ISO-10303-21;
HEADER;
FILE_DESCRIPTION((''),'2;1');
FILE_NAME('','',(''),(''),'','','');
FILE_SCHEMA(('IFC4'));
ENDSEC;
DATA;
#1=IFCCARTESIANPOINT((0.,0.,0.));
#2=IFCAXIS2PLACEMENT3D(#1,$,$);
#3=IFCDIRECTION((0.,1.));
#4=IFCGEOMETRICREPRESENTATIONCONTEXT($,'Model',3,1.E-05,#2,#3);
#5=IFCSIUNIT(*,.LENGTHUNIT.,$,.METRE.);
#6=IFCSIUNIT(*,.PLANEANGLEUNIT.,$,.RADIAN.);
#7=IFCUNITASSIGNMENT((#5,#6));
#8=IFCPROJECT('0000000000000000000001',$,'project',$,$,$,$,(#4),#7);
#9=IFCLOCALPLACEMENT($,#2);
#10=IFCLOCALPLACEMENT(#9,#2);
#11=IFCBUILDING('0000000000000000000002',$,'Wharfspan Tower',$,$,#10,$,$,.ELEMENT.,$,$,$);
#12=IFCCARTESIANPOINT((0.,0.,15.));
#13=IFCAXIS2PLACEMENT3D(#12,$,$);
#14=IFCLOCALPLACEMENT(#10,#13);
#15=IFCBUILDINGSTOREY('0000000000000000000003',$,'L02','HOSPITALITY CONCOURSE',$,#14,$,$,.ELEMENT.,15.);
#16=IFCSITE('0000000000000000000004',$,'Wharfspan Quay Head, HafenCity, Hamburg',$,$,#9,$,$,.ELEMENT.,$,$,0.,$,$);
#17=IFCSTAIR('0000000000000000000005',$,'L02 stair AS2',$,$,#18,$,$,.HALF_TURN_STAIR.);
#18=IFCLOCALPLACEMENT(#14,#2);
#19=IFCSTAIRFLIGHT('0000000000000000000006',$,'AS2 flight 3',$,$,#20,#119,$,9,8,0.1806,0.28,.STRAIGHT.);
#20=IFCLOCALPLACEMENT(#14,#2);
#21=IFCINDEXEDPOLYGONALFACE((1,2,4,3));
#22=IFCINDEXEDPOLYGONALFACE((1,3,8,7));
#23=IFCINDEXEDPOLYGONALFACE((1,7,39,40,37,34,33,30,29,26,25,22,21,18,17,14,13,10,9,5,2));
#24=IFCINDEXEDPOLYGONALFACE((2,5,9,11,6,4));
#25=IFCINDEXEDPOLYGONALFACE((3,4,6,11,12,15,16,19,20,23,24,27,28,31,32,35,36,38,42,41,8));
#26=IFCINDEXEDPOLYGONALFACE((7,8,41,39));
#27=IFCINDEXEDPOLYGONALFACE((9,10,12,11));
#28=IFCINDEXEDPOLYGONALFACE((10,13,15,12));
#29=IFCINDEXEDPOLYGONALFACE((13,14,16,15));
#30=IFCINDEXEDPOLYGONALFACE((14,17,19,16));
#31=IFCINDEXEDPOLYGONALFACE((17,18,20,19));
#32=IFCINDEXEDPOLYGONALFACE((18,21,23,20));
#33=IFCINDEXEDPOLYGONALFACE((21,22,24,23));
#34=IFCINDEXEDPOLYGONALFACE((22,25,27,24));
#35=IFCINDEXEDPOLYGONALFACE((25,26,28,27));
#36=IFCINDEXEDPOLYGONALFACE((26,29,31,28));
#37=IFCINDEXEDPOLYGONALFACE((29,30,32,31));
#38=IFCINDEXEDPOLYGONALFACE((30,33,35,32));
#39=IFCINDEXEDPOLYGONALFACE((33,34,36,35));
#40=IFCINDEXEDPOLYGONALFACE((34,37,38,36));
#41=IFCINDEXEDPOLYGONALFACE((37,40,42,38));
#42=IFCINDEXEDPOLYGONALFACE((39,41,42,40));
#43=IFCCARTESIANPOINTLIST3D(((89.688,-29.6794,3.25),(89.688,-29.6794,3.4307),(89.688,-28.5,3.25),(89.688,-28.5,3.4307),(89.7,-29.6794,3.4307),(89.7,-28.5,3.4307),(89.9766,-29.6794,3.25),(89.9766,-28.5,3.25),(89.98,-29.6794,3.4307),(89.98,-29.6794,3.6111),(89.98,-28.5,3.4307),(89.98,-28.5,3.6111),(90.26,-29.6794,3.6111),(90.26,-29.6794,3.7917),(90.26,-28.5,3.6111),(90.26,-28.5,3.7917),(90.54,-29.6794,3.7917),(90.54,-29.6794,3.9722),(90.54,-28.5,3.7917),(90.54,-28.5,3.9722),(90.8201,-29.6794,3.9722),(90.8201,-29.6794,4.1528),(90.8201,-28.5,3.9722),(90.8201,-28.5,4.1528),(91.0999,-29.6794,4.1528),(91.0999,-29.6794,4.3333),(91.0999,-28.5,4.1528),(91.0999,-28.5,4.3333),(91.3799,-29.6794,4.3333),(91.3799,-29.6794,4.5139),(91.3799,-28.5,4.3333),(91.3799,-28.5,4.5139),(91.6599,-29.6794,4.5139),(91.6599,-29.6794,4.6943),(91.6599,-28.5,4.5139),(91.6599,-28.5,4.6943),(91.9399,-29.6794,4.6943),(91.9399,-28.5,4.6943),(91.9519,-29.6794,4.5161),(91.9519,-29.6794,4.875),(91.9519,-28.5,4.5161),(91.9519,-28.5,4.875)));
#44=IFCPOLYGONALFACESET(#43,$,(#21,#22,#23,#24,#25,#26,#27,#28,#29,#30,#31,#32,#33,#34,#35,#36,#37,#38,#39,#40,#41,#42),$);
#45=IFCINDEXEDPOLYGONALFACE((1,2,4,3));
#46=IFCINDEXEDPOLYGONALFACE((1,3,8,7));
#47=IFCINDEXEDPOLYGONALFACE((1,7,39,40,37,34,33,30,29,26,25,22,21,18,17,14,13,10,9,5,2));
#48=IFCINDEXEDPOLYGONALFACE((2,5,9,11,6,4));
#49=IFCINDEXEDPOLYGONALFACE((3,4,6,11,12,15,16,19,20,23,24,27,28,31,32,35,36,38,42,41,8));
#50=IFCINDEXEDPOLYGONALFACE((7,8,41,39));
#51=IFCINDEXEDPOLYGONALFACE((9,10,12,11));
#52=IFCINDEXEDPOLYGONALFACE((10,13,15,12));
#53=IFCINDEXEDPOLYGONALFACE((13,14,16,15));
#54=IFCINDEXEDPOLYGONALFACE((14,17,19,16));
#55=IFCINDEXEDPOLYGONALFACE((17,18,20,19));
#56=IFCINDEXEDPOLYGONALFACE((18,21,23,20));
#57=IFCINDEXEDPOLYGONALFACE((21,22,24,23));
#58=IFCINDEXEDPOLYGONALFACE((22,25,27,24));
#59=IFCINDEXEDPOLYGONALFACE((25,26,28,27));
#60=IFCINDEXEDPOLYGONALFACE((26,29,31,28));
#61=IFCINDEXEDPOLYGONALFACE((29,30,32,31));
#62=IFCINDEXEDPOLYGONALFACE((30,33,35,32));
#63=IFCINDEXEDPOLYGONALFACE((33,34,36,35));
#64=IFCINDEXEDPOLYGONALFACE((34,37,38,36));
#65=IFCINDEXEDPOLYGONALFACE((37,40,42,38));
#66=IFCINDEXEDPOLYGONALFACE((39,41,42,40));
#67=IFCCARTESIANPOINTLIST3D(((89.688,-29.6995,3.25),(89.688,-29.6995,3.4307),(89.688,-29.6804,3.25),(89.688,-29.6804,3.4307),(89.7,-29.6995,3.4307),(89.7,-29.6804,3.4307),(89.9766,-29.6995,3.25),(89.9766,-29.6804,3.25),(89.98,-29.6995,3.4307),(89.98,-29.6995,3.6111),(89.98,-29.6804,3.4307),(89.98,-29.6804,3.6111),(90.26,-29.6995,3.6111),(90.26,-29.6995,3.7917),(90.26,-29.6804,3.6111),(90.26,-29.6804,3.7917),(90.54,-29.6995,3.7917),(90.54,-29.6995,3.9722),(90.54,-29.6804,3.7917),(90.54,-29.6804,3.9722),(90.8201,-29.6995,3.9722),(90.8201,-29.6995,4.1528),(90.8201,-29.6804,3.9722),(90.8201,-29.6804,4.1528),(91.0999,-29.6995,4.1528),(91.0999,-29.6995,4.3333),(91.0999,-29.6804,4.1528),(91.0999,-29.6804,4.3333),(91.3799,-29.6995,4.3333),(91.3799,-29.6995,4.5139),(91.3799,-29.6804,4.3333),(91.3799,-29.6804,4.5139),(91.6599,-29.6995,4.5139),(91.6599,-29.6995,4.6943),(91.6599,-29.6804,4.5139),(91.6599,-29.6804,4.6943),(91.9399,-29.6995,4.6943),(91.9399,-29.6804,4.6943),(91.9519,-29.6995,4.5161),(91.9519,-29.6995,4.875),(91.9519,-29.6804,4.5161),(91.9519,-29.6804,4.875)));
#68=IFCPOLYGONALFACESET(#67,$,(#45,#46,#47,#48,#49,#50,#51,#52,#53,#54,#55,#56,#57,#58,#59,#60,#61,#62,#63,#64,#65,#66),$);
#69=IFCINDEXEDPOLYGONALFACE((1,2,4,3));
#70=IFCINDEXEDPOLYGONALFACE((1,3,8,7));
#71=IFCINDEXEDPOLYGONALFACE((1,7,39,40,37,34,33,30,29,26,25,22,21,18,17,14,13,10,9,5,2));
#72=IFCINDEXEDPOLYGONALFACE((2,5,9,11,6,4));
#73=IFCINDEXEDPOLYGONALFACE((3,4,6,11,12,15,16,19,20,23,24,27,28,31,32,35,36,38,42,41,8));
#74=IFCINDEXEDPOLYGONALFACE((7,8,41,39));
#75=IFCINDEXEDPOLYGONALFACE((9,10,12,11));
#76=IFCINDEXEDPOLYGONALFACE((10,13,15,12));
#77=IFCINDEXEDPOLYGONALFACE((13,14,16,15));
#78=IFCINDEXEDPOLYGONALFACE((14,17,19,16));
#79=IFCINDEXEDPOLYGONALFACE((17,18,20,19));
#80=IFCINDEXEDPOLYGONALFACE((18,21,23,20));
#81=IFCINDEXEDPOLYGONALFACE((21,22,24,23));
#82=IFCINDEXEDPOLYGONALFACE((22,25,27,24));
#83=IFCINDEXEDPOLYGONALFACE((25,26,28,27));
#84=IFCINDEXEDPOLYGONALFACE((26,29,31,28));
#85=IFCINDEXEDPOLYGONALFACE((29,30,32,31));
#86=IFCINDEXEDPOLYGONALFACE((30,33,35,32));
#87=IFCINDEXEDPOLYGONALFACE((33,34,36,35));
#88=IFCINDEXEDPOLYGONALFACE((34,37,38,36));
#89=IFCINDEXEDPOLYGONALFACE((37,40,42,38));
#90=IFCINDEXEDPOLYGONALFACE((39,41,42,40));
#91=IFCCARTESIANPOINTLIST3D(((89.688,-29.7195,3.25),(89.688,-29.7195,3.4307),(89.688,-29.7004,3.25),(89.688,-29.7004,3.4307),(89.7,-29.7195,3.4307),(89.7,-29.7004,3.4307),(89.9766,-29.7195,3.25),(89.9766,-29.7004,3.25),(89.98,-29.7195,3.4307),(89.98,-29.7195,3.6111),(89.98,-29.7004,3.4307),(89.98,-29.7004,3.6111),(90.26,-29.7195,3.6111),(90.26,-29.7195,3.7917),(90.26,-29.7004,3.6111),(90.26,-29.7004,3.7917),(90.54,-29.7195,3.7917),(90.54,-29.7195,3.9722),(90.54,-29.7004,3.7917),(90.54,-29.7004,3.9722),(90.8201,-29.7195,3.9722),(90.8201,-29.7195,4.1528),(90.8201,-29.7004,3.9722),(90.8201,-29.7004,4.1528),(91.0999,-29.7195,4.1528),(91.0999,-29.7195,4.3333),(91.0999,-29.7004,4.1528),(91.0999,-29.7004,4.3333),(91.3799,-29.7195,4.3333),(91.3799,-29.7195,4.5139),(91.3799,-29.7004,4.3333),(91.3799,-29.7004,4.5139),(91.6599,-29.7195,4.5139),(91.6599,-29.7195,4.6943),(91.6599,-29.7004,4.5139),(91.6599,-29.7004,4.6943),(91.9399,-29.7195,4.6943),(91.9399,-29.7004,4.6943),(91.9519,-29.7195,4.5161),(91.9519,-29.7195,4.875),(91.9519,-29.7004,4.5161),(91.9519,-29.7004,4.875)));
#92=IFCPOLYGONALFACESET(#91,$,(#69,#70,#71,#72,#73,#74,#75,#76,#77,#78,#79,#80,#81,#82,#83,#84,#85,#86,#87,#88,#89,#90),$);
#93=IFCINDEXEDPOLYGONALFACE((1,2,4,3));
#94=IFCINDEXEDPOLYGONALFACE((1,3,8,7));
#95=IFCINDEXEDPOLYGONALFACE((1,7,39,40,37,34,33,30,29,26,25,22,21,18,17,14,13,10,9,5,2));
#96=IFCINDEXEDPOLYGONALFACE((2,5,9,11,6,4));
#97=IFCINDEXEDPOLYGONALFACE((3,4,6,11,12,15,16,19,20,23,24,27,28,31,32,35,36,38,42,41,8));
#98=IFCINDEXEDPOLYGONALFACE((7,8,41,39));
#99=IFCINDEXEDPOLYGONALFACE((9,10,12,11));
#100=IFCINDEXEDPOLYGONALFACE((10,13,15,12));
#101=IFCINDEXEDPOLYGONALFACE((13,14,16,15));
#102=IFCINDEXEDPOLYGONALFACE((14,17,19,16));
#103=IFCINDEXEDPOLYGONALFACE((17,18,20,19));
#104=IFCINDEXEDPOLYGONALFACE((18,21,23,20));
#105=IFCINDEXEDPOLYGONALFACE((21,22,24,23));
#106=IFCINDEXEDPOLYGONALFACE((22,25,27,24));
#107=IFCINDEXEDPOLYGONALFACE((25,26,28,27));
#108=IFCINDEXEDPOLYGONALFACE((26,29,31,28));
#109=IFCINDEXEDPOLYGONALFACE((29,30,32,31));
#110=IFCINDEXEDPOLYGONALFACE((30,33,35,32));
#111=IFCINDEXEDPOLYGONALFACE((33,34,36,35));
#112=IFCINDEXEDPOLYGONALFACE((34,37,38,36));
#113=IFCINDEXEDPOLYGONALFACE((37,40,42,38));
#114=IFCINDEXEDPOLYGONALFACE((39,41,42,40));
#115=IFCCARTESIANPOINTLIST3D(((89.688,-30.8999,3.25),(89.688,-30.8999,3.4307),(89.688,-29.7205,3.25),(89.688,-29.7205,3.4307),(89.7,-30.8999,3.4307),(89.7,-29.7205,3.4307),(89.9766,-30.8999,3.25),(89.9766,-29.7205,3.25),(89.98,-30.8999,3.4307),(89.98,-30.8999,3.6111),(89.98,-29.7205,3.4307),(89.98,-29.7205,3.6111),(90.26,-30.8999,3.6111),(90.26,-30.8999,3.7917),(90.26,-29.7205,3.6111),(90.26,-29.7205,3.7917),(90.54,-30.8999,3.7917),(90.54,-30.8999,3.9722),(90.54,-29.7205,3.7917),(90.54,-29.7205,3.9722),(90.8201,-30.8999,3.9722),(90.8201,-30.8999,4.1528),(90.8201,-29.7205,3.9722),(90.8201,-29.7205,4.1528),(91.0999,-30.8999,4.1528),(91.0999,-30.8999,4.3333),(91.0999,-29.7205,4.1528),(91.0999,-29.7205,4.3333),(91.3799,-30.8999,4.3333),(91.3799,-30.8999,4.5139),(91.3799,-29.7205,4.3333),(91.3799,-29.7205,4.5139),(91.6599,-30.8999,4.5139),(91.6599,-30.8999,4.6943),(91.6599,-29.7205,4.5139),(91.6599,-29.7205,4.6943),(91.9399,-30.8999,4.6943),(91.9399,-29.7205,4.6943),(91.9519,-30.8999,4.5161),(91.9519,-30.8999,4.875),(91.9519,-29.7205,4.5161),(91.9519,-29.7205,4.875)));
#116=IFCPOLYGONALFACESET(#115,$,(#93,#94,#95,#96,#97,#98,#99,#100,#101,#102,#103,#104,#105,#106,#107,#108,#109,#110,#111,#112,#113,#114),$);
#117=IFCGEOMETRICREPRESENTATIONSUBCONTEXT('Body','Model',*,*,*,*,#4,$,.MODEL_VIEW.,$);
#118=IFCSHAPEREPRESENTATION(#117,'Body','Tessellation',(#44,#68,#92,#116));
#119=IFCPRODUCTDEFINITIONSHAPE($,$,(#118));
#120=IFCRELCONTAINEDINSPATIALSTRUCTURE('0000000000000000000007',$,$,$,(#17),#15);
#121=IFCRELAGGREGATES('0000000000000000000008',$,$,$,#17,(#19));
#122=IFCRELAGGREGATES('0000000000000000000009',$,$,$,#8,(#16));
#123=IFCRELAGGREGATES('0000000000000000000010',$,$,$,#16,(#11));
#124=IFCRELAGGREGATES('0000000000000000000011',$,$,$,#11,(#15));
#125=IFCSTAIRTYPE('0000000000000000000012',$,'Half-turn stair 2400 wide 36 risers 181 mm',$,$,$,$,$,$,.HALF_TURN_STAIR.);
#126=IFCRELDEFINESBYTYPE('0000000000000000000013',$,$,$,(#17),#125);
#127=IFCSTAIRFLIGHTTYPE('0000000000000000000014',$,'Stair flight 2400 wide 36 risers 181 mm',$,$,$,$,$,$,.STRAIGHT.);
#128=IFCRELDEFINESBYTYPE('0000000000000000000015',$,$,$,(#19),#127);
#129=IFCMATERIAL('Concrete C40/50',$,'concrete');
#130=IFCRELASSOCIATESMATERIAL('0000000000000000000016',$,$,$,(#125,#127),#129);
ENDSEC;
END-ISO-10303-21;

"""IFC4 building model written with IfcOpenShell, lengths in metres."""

from ifc_helpers import new_model, si_unit, direction, frame, origin, place, context, subcontext, project, spatial, polyline, outline, extrude, material, type_object, element, aggregate, save


model = new_model("IFC4")

# Units and contexts
model_context = context("Model", 3, precision=1e-05, world=origin(), true_north=direction((0.0, 1.0)))
body_context = subcontext(model_context, "Body", "Model", "MODEL_VIEW")
ifc_project = project(units=[si_unit("LENGTHUNIT", "METRE"), si_unit("PLANEANGLEUNIT", "RADIAN")], contexts=[model_context])

# Site, building, storey
site_placement = place(None, origin())
site = spatial("IfcSite", under=ifc_project, at=site_placement, Name="Wharfspan Quay Head, HafenCity, Hamburg", CompositionType="ELEMENT", RefElevation=0.0)
building_placement = place(site_placement, origin())
building = spatial("IfcBuilding", under=site, at=building_placement, Name="Wharfspan Tower", CompositionType="ELEMENT")
storey_placement = place(building_placement, frame((0.0, 0.0, 15.0)))
storey = spatial("IfcBuildingStorey", under=building, at=storey_placement, Name="L02", Description="HOSPITALITY CONCOURSE", CompositionType="ELEMENT", Elevation=15.0)

# Shared definitions
ifc_material_1 = material(Name="Concrete C40/50", Category="concrete")

# Stair, stair flight
stair_type = type_object("IfcStairType", Name="Half-turn stair 2400 wide 36 risers 181 mm", PredefinedType="HALF_TURN_STAIR", material=ifc_material_1)
stair_placement = place(storey_placement, origin())
stair = element("IfcStair", 1, at=stair_placement, inside=storey, type_object=stair_type, Name="L02 stair AS2", PredefinedType="HALF_TURN_STAIR")
stair_flight_type = type_object("IfcStairFlightType", Name="Stair flight 2400 wide 36 risers 181 mm", PredefinedType="STRAIGHT", material=ifc_material_1)
stair_flight_1_placement = place(storey_placement, frame((89.7, -29.7, 3.25), z_axis=(0.0, 0.0, 1.0), x_axis=(1.0, 0.0, 0.0)))
stair_flight_1 = element("IfcStairFlight", 2, at=stair_flight_1_placement, type_object=stair_flight_type, Name="AS2 flight 3", NumberOfRisers=9, NumberOfTreads=8, PredefinedType="STRAIGHT", RiserHeight=0.1806, TreadLength=0.28, context=body_context, shape_type="SweptSolid", body=[
    extrude(outline(polyline([(-0.012, 0.0), (-0.012, 0.1807), (0.0, 0.1807), (0.28, 0.1807), (0.28, 0.3611), (0.5601, 0.3611), (0.5601, 0.5417), (0.8401, 0.5417), (0.8401, 0.7222), (1.1201, 0.7222), (1.1201, 0.9028), (1.3999, 0.9028), (1.3999, 1.0833), (1.6799, 1.0833), (1.6799, 1.2639), (1.96, 1.2639), (1.96, 1.4443), (2.24, 1.4443), (2.252, 1.625), (2.252, 1.2661), (0.2766, 0.0), (-0.012, 0.0)])), frame((0.0, 1.2, 0.0), z_axis=(0.0, -1.0, 0.0), x_axis=(1.0, 0.0, 0.0)), (0.0, 0.0, 1.0), 1.1794),
    extrude(outline(polyline([(-0.012, 0.0), (-0.012, 0.1807), (0.0, 0.1807), (0.28, 0.1807), (0.28, 0.3611), (0.5601, 0.3611), (0.5601, 0.5417), (0.8401, 0.5417), (0.8401, 0.7222), (1.1201, 0.7222), (1.1201, 0.9028), (1.3999, 0.9028), (1.3999, 1.0833), (1.6799, 1.0833), (1.6799, 1.2639), (1.96, 1.2639), (1.96, 1.4443), (2.24, 1.4443), (2.252, 1.625), (2.252, 1.2661), (0.2766, 0.0), (-0.012, 0.0)])), frame((0.0, 0.0195, 0.0), z_axis=(0.0, -1.0, 0.0), x_axis=(1.0, 0.0, 0.0)), (0.0, 0.0, 1.0), 0.019),
    extrude(outline(polyline([(-0.012, 0.0), (-0.012, 0.1807), (0.0, 0.1807), (0.28, 0.1807), (0.28, 0.3611), (0.5601, 0.3611), (0.5601, 0.5417), (0.8401, 0.5417), (0.8401, 0.7222), (1.1201, 0.7222), (1.1201, 0.9028), (1.3999, 0.9028), (1.3999, 1.0833), (1.6799, 1.0833), (1.6799, 1.2639), (1.96, 1.2639), (1.96, 1.4443), (2.24, 1.4443), (2.252, 1.625), (2.252, 1.2661), (0.2766, 0.0), (-0.012, 0.0)])), frame((0.0, -0.0005, 0.0), z_axis=(0.0, -1.0, 0.0), x_axis=(1.0, 0.0, 0.0)), (0.0, 0.0, 1.0), 0.019),
    extrude(outline(polyline([(-0.012, 0.0), (-0.012, 0.1807), (0.0, 0.1807), (0.28, 0.1807), (0.28, 0.3611), (0.5601, 0.3611), (0.5601, 0.5417), (0.8401, 0.5417), (0.8401, 0.7222), (1.1201, 0.7222), (1.1201, 0.9028), (1.3999, 0.9028), (1.3999, 1.0833), (1.6799, 1.0833), (1.6799, 1.2639), (1.96, 1.2639), (1.96, 1.4443), (2.24, 1.4443), (2.252, 1.625), (2.252, 1.2661), (0.2766, 0.0), (-0.012, 0.0)])), frame((0.0, -0.0205, 0.0), z_axis=(0.0, -1.0, 0.0), x_axis=(1.0, 0.0, 0.0)), (0.0, 0.0, 1.0), 1.1794),
])
aggregate(stair, [stair_flight_1])

save(model, "model.ifc")
